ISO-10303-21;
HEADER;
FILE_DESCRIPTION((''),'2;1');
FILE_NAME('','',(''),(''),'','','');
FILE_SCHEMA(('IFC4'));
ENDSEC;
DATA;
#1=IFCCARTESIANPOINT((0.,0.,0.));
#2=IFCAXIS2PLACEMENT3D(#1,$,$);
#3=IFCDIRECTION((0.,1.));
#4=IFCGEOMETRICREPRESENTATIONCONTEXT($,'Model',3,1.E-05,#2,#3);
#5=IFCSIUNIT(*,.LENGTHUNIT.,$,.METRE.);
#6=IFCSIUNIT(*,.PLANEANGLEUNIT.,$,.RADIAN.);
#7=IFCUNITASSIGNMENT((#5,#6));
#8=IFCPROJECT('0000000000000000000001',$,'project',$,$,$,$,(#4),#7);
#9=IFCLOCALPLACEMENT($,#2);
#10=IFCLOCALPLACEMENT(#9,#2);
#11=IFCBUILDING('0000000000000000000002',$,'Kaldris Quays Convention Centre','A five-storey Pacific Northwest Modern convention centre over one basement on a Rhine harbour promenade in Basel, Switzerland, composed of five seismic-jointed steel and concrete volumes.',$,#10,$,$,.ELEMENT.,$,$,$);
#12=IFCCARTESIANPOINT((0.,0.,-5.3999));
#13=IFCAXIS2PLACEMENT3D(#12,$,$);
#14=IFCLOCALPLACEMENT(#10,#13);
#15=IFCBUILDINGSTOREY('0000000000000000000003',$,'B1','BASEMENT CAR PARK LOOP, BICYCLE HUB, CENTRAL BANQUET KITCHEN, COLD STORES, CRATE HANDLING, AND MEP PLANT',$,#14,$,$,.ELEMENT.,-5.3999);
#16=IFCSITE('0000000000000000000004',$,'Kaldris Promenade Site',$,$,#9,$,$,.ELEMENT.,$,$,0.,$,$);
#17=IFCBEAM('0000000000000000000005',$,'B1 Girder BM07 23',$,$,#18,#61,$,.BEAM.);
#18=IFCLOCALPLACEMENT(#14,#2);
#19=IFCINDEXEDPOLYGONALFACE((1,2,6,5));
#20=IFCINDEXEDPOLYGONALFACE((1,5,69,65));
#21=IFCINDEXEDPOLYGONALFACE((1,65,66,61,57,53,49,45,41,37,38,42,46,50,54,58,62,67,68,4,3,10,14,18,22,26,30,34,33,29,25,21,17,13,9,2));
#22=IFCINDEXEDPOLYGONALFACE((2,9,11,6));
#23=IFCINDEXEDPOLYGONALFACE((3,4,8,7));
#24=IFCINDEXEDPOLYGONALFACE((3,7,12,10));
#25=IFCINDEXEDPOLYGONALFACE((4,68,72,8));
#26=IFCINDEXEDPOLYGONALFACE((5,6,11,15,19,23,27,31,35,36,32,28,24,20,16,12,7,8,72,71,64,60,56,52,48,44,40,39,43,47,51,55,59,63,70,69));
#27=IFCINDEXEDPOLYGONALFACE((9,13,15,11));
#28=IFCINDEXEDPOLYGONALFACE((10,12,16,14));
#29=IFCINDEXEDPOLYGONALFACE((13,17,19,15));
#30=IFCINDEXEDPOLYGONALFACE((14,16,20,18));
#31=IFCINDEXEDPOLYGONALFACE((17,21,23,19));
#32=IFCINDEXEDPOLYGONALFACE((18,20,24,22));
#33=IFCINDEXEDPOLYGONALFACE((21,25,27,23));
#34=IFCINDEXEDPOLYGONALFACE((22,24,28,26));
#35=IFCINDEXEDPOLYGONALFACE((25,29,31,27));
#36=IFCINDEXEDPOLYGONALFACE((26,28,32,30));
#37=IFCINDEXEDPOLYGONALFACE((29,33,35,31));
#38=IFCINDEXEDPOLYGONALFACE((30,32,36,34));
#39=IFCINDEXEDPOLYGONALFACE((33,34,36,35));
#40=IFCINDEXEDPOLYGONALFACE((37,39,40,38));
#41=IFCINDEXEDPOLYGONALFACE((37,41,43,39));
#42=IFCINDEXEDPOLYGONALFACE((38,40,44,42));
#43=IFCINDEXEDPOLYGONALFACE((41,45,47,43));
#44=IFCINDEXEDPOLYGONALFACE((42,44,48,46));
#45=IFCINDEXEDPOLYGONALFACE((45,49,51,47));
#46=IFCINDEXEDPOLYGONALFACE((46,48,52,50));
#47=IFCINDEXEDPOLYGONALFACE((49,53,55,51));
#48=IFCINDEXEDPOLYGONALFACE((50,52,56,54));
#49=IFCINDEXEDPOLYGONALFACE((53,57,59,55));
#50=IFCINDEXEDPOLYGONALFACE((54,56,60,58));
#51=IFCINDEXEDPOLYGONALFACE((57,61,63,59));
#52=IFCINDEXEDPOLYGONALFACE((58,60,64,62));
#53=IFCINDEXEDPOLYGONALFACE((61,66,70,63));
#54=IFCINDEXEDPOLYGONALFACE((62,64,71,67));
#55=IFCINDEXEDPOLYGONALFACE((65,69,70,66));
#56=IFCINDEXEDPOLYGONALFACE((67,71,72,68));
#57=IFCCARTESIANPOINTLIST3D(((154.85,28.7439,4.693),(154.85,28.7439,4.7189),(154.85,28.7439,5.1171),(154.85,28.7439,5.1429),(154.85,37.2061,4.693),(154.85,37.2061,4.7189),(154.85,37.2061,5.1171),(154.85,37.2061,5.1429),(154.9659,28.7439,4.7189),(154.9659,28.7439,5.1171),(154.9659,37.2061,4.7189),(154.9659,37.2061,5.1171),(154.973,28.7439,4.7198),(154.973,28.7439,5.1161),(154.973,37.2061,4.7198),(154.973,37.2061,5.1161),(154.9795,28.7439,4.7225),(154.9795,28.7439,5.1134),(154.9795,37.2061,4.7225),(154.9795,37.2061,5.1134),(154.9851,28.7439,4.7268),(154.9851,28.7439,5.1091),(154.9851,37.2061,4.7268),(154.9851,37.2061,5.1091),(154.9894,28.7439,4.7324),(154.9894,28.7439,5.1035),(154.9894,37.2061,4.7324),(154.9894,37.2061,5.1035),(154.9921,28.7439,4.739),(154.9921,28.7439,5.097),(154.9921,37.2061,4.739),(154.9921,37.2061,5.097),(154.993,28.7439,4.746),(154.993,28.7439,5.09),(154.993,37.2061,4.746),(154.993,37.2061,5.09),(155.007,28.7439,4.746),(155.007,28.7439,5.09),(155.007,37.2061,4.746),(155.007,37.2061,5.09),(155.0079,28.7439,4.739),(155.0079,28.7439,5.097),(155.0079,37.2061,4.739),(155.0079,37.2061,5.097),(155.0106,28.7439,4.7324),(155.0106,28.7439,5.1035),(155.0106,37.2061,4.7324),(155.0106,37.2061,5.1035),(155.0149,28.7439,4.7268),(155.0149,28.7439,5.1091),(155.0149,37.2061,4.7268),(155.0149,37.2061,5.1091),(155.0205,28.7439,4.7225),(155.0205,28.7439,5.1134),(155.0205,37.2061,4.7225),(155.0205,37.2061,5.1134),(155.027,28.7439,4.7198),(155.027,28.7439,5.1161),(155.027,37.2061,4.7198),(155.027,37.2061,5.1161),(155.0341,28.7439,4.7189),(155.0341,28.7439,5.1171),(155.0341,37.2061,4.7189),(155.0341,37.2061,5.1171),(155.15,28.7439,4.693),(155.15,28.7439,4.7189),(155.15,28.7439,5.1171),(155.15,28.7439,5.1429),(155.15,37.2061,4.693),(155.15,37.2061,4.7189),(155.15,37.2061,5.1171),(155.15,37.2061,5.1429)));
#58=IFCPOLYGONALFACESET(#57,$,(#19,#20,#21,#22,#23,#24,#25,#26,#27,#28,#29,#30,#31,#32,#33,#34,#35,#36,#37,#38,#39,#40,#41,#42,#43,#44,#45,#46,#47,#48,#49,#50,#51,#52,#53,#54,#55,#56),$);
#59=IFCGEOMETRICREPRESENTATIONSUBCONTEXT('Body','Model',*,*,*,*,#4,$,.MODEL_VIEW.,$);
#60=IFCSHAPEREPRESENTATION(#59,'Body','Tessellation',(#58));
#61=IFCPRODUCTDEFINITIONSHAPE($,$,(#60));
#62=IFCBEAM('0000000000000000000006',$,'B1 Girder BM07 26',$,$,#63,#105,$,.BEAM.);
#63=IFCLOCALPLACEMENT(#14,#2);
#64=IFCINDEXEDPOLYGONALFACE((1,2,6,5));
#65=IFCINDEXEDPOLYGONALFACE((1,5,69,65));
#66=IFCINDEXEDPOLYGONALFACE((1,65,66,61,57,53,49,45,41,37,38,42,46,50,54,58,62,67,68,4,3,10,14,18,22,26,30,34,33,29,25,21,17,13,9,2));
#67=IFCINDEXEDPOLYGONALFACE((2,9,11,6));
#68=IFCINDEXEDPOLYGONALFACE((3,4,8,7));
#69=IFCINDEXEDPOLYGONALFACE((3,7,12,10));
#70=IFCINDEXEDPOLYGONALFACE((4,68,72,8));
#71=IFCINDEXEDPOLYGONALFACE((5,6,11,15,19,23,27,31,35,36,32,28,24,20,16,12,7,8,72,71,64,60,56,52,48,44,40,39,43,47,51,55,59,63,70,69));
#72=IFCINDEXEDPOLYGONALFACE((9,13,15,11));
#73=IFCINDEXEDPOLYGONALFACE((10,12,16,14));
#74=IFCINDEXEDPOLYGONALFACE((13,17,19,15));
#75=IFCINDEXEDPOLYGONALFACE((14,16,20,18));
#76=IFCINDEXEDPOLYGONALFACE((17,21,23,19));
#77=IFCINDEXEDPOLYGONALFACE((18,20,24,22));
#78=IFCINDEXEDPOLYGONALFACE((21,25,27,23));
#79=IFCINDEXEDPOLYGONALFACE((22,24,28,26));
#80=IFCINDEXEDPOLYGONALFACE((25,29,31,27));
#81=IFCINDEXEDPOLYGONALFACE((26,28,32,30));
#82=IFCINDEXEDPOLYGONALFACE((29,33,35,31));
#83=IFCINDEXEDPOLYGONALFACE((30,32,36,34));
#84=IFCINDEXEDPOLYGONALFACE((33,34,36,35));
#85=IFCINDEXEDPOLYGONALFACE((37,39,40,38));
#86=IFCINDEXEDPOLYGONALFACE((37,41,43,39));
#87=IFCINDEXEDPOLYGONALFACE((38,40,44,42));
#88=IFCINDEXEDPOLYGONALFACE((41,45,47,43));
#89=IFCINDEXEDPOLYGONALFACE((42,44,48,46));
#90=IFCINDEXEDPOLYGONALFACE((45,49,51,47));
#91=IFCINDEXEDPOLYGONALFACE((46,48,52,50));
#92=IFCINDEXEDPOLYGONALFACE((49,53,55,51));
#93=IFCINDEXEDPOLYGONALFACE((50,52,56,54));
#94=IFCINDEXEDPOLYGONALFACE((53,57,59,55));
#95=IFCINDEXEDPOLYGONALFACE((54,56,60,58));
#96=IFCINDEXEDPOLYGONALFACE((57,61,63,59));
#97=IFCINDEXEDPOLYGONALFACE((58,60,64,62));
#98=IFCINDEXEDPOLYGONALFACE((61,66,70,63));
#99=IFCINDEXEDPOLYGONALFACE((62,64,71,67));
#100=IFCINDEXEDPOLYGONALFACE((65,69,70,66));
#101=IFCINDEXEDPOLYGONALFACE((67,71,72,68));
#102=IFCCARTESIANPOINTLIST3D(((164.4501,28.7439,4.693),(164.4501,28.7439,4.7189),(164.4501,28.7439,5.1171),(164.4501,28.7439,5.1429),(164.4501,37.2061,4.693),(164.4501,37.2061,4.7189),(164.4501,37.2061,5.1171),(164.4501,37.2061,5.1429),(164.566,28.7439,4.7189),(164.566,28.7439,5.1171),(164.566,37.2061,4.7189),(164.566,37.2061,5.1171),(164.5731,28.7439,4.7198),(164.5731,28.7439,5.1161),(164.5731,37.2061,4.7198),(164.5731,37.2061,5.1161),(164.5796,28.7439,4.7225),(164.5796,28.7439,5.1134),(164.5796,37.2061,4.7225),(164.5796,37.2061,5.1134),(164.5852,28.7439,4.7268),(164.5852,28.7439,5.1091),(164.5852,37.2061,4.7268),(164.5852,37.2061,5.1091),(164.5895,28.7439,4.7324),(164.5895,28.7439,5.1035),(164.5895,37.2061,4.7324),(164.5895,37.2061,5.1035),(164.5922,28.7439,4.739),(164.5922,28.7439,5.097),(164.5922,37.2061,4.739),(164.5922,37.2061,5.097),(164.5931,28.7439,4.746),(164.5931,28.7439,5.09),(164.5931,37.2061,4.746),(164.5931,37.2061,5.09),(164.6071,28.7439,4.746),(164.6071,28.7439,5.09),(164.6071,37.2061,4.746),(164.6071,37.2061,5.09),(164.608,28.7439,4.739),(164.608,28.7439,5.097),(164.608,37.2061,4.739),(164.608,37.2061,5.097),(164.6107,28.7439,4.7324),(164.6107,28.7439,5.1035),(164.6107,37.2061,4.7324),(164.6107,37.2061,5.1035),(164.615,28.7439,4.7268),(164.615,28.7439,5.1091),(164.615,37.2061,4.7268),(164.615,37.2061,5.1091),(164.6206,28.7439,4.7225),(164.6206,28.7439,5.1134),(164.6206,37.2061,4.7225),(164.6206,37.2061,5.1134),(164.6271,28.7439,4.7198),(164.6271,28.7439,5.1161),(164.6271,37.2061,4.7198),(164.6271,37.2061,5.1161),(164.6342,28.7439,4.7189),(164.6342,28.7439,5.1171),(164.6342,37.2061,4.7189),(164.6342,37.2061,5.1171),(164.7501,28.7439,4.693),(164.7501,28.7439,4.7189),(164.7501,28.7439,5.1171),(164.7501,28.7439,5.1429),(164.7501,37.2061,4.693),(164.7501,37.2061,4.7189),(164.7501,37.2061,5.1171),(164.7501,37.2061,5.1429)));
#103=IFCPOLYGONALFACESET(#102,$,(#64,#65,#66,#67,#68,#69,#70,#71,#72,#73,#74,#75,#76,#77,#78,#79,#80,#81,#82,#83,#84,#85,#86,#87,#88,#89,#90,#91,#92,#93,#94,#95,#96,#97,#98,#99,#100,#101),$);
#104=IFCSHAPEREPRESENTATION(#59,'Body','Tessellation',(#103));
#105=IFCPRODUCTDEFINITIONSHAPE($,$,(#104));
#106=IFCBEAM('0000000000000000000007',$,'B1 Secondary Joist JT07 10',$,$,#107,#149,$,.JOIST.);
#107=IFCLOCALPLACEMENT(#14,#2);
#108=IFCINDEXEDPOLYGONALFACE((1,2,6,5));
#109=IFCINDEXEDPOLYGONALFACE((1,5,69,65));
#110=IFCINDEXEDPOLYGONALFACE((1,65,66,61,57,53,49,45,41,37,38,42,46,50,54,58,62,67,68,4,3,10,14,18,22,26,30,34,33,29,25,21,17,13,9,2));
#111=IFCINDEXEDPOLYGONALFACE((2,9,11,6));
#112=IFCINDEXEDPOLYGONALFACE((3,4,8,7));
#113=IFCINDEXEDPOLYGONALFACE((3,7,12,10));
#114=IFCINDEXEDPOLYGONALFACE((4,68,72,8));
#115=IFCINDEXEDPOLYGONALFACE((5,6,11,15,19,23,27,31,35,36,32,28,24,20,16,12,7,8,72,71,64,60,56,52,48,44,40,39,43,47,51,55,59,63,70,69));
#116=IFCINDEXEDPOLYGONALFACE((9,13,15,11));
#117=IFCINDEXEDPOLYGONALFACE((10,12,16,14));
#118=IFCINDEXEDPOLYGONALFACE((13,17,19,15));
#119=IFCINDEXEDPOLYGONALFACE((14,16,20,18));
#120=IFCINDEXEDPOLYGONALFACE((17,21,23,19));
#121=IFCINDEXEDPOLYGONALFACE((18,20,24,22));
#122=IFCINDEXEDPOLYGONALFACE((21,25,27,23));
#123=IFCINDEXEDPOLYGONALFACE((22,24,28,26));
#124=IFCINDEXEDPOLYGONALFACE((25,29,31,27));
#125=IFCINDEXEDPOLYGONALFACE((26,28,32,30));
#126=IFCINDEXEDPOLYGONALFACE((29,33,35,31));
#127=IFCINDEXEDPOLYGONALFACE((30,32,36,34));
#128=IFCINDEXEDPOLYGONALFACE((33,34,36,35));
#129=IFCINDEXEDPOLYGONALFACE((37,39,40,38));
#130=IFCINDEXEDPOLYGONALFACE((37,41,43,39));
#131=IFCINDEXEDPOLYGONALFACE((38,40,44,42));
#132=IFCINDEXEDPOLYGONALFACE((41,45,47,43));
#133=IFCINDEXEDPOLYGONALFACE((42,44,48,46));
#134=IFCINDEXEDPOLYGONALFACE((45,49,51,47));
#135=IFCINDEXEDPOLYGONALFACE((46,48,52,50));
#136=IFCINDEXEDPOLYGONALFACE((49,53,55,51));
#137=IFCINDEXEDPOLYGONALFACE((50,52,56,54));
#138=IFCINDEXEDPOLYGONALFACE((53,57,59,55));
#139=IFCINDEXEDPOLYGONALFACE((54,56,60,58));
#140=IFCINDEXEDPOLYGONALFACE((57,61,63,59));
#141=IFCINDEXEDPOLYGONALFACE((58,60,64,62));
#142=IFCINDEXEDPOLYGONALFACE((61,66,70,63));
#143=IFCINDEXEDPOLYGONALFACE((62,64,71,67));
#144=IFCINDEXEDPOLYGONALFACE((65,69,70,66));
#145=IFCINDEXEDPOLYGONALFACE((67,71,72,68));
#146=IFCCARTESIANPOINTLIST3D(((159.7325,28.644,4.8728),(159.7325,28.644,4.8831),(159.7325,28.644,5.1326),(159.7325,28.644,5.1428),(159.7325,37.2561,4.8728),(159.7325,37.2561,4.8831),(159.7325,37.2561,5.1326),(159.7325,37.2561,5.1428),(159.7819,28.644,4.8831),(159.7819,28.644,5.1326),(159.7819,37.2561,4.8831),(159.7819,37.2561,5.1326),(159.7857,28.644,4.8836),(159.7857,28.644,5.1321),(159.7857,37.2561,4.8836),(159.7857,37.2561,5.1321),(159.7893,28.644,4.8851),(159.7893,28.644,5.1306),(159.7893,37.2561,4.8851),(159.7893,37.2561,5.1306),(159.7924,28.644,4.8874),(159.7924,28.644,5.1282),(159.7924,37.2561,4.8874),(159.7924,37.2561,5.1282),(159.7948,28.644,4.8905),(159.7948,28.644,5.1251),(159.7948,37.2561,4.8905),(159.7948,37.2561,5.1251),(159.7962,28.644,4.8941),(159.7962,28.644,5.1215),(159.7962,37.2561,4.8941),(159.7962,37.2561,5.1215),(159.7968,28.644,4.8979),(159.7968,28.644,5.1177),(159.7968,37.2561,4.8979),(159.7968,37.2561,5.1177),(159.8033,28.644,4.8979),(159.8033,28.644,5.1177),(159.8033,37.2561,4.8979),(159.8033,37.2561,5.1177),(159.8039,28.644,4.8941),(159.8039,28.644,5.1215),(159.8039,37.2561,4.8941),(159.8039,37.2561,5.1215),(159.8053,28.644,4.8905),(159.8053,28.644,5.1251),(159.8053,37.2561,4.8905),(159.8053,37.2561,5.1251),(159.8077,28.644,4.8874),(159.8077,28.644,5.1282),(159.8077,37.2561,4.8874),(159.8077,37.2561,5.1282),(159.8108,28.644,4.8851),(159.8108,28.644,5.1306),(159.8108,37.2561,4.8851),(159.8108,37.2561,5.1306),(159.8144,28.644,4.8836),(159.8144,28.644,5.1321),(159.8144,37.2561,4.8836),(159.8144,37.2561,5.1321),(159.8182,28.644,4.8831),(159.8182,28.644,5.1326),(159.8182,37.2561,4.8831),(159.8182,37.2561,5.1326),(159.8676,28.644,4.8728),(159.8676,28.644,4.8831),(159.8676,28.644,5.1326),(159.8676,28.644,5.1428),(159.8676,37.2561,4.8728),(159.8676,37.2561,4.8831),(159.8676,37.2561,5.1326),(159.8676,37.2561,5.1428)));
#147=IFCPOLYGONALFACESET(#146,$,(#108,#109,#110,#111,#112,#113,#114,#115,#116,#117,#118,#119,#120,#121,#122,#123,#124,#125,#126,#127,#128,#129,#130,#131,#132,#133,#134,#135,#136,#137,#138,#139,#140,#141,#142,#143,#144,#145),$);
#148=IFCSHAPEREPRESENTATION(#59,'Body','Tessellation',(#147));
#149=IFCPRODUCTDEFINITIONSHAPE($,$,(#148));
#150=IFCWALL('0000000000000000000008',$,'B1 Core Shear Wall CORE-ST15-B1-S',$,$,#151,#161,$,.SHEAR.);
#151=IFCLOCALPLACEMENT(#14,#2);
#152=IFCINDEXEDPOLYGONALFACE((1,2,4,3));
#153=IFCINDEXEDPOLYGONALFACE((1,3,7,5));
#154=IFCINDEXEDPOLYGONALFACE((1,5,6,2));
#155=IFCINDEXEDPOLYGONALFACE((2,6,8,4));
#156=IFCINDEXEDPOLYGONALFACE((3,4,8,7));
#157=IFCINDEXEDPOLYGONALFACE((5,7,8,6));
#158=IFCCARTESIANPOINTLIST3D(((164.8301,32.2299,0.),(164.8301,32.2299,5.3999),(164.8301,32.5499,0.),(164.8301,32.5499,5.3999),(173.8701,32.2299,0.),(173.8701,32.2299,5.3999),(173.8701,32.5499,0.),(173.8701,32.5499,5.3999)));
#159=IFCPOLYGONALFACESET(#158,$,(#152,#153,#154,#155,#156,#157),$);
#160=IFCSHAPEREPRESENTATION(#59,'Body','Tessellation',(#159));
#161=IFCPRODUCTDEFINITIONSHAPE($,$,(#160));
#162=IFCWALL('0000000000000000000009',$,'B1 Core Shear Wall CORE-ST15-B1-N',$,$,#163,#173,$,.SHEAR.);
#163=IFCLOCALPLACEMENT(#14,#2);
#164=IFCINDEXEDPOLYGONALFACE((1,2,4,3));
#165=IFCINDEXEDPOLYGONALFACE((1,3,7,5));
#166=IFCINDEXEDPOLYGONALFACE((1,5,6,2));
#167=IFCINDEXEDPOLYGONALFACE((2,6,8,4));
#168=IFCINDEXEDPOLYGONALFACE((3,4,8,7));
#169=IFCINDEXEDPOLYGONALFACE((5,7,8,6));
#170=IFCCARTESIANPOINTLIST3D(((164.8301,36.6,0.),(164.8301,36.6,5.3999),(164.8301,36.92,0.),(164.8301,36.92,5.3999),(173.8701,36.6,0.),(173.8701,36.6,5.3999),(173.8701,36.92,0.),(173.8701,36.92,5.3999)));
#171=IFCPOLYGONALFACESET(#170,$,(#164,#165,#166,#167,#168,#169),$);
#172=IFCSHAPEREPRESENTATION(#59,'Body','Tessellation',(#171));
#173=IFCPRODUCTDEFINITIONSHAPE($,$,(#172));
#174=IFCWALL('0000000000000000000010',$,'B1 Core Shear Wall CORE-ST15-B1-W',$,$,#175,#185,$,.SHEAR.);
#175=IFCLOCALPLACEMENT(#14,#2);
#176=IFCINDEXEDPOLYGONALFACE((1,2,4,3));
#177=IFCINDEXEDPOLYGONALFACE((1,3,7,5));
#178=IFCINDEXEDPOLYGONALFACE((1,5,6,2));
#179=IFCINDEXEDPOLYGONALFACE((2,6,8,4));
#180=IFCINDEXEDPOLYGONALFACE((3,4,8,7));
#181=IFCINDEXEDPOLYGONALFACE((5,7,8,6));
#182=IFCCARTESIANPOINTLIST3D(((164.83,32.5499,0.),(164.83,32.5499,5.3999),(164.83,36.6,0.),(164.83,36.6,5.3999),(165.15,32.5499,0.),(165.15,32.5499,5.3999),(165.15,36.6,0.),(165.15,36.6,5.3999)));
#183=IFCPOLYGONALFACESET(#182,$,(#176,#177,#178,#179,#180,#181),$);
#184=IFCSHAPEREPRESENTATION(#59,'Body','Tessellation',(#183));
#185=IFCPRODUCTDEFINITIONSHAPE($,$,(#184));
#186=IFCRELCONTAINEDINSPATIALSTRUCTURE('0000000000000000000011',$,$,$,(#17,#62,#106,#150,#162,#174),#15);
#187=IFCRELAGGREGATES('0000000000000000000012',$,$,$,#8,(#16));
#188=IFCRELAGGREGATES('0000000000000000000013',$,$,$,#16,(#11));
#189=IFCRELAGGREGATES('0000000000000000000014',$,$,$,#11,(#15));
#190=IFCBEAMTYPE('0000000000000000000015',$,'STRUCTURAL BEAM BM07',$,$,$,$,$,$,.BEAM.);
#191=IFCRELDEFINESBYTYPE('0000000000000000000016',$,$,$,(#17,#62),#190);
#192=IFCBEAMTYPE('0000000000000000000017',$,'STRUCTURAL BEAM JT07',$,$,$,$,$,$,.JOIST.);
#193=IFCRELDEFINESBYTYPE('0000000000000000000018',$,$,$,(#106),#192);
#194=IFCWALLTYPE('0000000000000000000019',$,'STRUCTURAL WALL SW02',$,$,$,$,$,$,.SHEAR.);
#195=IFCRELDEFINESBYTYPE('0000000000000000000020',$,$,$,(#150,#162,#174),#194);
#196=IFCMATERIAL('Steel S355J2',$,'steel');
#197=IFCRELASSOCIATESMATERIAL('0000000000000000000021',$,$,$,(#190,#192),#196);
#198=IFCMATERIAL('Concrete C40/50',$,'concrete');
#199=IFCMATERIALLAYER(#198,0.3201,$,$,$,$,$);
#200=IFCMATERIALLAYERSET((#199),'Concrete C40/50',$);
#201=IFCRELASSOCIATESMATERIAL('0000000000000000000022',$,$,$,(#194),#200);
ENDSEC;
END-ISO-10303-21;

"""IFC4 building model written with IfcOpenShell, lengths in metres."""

from ifc_helpers import new_model, si_unit, direction, frame, frame_2d, origin, origin_2d, place, context, subcontext, project, spatial, rectangle, i_section, extrude, material, layer, layer_set, material_profile, profile_set, type_object, element, save


model = new_model("IFC4")

# Units and contexts
model_context = context("Model", 3, precision=1e-05, world=origin(), true_north=direction((0.0, 1.0)))
body_context = subcontext(model_context, "Body", "Model", "MODEL_VIEW")
ifc_project = project(units=[si_unit("LENGTHUNIT", "METRE"), si_unit("PLANEANGLEUNIT", "RADIAN")], contexts=[model_context])

# Site, building, storey
site_placement = place(None, origin())
site = spatial("IfcSite", under=ifc_project, at=site_placement, Name="Kaldris Promenade Site", CompositionType="ELEMENT", RefElevation=0.0)
building_placement = place(site_placement, origin())
building = spatial("IfcBuilding", under=site, at=building_placement, Name="Kaldris Quays Convention Centre", Description="A five-storey Pacific Northwest Modern convention centre over one basement on a Rhine harbour promenade in Basel, Switzerland, composed of five seismic-jointed steel and concrete volumes.", CompositionType="ELEMENT")
storey_placement = place(building_placement, frame((0.0, 0.0, -5.3999)))
storey = spatial("IfcBuildingStorey", under=building, at=storey_placement, Name="B1", Description="BASEMENT CAR PARK LOOP, BICYCLE HUB, CENTRAL BANQUET KITCHEN, COLD STORES, CRATE HANDLING, AND MEP PLANT", CompositionType="ELEMENT", Elevation=-5.3999)

# Shared definitions
ifc_material_1 = material(Name="Steel S355J2", Category="steel")

# Beams
ifc_material_profile_1 = material_profile(ifc_material_1, i_section(OverallWidth=0.3, OverallDepth=0.45, WebThickness=0.0139, FlangeThickness=0.0259, FilletRadius=0.0271, at=origin_2d()), Name="HEB 450")
ifc_profile_set_1 = profile_set([ifc_material_profile_1], Name="Steel S355J2")
beam_type_1 = type_object("IfcBeamType", Name="STRUCTURAL BEAM BM07", PredefinedType="BEAM", material=ifc_profile_set_1)
for number, where, z_axis, x_axis, name in (
    (1, (155.0, 28.7439, 4.918), (0.0, 1.0, 0.0), (-1.0, 0.0, 0.0), "B1 Girder BM07 23"),
    (2, (164.6001, 28.7439, 4.918), (0.0, 1.0, 0.0), (-1.0, 0.0, 0.0), "B1 Girder BM07 26"),
):
    element("IfcBeam", number, at=place(storey_placement, frame(where, z_axis=z_axis, x_axis=x_axis)), inside=storey, type_object=beam_type_1, Name=name, PredefinedType="BEAM", context=body_context, shape_type="SweptSolid", body=[
        extrude(i_section(OverallWidth=0.3, OverallDepth=0.45, WebThickness=0.0139, FlangeThickness=0.0259, FilletRadius=0.0271, at=origin_2d()), origin(), (0.0, 0.0, 1.0), 8.4622),
    ])
ifc_material_profile_2 = material_profile(ifc_material_1, i_section(OverallWidth=0.135, OverallDepth=0.27, WebThickness=0.0066, FlangeThickness=0.0103, FilletRadius=0.0149, at=origin_2d()), Name="IPE 270")
ifc_profile_set_2 = profile_set([ifc_material_profile_2], Name="Steel S355J2")
beam_type_2 = type_object("IfcBeamType", Name="STRUCTURAL BEAM JT07", PredefinedType="JOIST", material=ifc_profile_set_2)
beam_1_placement = place(storey_placement, frame((159.8, 28.644, 5.0078), z_axis=(0.0, 1.0, 0.0), x_axis=(-1.0, 0.0, 0.0)))
element("IfcBeam", 3, at=beam_1_placement, inside=storey, type_object=beam_type_2, Name="B1 Secondary Joist JT07 10", PredefinedType="JOIST", context=body_context, shape_type="SweptSolid", body=[
    extrude(i_section(OverallWidth=0.135, OverallDepth=0.27, WebThickness=0.0066, FlangeThickness=0.0103, FilletRadius=0.0149, at=origin_2d()), origin(), (0.0, 0.0, 1.0), 8.6121),
])

# Walls
ifc_material_2 = material(Name="Concrete C40/50", Category="concrete")
ifc_layer = layer(ifc_material_2, 0.3201)
ifc_layer_set = layer_set([ifc_layer], Name="Concrete C40/50")
wall_type = type_object("IfcWallType", Name="STRUCTURAL WALL SW02", PredefinedType="SHEAR", material=ifc_layer_set)
for number, where, z_axis, x_axis, name in (
    (4, (164.8301, 32.3899, 0.0), (0.0, 0.0, 1.0), (1.0, 0.0, 0.0), "B1 Core Shear Wall CORE-ST15-B1-S"),
    (5, (164.8301, 36.76, 0.0), (0.0, 0.0, 1.0), (1.0, 0.0, 0.0), "B1 Core Shear Wall CORE-ST15-B1-N"),
):
    element("IfcWall", number, at=place(storey_placement, frame(where, z_axis=z_axis, x_axis=x_axis)), inside=storey, type_object=wall_type, Name=name, PredefinedType="SHEAR", context=body_context, shape_type="SweptSolid", body=[
        extrude(rectangle(XDim=9.04, YDim=0.3201, at=frame_2d((4.52, 0.0))), origin(), (0.0, 0.0, 1.0), 5.3999),
    ])
wall_placement = place(storey_placement, frame((164.99, 32.55, 0.0), z_axis=(0.0, 0.0, 1.0), x_axis=(0.0, 1.0, 0.0)))
element("IfcWall", 6, at=wall_placement, inside=storey, type_object=wall_type, Name="B1 Core Shear Wall CORE-ST15-B1-W", PredefinedType="SHEAR", context=body_context, shape_type="SweptSolid", body=[
    extrude(rectangle(XDim=4.05, YDim=0.3201, at=frame_2d((2.0249, 0.0))), origin(), (0.0, 0.0, 1.0), 5.3999),
])

save(model, "model.ifc")
